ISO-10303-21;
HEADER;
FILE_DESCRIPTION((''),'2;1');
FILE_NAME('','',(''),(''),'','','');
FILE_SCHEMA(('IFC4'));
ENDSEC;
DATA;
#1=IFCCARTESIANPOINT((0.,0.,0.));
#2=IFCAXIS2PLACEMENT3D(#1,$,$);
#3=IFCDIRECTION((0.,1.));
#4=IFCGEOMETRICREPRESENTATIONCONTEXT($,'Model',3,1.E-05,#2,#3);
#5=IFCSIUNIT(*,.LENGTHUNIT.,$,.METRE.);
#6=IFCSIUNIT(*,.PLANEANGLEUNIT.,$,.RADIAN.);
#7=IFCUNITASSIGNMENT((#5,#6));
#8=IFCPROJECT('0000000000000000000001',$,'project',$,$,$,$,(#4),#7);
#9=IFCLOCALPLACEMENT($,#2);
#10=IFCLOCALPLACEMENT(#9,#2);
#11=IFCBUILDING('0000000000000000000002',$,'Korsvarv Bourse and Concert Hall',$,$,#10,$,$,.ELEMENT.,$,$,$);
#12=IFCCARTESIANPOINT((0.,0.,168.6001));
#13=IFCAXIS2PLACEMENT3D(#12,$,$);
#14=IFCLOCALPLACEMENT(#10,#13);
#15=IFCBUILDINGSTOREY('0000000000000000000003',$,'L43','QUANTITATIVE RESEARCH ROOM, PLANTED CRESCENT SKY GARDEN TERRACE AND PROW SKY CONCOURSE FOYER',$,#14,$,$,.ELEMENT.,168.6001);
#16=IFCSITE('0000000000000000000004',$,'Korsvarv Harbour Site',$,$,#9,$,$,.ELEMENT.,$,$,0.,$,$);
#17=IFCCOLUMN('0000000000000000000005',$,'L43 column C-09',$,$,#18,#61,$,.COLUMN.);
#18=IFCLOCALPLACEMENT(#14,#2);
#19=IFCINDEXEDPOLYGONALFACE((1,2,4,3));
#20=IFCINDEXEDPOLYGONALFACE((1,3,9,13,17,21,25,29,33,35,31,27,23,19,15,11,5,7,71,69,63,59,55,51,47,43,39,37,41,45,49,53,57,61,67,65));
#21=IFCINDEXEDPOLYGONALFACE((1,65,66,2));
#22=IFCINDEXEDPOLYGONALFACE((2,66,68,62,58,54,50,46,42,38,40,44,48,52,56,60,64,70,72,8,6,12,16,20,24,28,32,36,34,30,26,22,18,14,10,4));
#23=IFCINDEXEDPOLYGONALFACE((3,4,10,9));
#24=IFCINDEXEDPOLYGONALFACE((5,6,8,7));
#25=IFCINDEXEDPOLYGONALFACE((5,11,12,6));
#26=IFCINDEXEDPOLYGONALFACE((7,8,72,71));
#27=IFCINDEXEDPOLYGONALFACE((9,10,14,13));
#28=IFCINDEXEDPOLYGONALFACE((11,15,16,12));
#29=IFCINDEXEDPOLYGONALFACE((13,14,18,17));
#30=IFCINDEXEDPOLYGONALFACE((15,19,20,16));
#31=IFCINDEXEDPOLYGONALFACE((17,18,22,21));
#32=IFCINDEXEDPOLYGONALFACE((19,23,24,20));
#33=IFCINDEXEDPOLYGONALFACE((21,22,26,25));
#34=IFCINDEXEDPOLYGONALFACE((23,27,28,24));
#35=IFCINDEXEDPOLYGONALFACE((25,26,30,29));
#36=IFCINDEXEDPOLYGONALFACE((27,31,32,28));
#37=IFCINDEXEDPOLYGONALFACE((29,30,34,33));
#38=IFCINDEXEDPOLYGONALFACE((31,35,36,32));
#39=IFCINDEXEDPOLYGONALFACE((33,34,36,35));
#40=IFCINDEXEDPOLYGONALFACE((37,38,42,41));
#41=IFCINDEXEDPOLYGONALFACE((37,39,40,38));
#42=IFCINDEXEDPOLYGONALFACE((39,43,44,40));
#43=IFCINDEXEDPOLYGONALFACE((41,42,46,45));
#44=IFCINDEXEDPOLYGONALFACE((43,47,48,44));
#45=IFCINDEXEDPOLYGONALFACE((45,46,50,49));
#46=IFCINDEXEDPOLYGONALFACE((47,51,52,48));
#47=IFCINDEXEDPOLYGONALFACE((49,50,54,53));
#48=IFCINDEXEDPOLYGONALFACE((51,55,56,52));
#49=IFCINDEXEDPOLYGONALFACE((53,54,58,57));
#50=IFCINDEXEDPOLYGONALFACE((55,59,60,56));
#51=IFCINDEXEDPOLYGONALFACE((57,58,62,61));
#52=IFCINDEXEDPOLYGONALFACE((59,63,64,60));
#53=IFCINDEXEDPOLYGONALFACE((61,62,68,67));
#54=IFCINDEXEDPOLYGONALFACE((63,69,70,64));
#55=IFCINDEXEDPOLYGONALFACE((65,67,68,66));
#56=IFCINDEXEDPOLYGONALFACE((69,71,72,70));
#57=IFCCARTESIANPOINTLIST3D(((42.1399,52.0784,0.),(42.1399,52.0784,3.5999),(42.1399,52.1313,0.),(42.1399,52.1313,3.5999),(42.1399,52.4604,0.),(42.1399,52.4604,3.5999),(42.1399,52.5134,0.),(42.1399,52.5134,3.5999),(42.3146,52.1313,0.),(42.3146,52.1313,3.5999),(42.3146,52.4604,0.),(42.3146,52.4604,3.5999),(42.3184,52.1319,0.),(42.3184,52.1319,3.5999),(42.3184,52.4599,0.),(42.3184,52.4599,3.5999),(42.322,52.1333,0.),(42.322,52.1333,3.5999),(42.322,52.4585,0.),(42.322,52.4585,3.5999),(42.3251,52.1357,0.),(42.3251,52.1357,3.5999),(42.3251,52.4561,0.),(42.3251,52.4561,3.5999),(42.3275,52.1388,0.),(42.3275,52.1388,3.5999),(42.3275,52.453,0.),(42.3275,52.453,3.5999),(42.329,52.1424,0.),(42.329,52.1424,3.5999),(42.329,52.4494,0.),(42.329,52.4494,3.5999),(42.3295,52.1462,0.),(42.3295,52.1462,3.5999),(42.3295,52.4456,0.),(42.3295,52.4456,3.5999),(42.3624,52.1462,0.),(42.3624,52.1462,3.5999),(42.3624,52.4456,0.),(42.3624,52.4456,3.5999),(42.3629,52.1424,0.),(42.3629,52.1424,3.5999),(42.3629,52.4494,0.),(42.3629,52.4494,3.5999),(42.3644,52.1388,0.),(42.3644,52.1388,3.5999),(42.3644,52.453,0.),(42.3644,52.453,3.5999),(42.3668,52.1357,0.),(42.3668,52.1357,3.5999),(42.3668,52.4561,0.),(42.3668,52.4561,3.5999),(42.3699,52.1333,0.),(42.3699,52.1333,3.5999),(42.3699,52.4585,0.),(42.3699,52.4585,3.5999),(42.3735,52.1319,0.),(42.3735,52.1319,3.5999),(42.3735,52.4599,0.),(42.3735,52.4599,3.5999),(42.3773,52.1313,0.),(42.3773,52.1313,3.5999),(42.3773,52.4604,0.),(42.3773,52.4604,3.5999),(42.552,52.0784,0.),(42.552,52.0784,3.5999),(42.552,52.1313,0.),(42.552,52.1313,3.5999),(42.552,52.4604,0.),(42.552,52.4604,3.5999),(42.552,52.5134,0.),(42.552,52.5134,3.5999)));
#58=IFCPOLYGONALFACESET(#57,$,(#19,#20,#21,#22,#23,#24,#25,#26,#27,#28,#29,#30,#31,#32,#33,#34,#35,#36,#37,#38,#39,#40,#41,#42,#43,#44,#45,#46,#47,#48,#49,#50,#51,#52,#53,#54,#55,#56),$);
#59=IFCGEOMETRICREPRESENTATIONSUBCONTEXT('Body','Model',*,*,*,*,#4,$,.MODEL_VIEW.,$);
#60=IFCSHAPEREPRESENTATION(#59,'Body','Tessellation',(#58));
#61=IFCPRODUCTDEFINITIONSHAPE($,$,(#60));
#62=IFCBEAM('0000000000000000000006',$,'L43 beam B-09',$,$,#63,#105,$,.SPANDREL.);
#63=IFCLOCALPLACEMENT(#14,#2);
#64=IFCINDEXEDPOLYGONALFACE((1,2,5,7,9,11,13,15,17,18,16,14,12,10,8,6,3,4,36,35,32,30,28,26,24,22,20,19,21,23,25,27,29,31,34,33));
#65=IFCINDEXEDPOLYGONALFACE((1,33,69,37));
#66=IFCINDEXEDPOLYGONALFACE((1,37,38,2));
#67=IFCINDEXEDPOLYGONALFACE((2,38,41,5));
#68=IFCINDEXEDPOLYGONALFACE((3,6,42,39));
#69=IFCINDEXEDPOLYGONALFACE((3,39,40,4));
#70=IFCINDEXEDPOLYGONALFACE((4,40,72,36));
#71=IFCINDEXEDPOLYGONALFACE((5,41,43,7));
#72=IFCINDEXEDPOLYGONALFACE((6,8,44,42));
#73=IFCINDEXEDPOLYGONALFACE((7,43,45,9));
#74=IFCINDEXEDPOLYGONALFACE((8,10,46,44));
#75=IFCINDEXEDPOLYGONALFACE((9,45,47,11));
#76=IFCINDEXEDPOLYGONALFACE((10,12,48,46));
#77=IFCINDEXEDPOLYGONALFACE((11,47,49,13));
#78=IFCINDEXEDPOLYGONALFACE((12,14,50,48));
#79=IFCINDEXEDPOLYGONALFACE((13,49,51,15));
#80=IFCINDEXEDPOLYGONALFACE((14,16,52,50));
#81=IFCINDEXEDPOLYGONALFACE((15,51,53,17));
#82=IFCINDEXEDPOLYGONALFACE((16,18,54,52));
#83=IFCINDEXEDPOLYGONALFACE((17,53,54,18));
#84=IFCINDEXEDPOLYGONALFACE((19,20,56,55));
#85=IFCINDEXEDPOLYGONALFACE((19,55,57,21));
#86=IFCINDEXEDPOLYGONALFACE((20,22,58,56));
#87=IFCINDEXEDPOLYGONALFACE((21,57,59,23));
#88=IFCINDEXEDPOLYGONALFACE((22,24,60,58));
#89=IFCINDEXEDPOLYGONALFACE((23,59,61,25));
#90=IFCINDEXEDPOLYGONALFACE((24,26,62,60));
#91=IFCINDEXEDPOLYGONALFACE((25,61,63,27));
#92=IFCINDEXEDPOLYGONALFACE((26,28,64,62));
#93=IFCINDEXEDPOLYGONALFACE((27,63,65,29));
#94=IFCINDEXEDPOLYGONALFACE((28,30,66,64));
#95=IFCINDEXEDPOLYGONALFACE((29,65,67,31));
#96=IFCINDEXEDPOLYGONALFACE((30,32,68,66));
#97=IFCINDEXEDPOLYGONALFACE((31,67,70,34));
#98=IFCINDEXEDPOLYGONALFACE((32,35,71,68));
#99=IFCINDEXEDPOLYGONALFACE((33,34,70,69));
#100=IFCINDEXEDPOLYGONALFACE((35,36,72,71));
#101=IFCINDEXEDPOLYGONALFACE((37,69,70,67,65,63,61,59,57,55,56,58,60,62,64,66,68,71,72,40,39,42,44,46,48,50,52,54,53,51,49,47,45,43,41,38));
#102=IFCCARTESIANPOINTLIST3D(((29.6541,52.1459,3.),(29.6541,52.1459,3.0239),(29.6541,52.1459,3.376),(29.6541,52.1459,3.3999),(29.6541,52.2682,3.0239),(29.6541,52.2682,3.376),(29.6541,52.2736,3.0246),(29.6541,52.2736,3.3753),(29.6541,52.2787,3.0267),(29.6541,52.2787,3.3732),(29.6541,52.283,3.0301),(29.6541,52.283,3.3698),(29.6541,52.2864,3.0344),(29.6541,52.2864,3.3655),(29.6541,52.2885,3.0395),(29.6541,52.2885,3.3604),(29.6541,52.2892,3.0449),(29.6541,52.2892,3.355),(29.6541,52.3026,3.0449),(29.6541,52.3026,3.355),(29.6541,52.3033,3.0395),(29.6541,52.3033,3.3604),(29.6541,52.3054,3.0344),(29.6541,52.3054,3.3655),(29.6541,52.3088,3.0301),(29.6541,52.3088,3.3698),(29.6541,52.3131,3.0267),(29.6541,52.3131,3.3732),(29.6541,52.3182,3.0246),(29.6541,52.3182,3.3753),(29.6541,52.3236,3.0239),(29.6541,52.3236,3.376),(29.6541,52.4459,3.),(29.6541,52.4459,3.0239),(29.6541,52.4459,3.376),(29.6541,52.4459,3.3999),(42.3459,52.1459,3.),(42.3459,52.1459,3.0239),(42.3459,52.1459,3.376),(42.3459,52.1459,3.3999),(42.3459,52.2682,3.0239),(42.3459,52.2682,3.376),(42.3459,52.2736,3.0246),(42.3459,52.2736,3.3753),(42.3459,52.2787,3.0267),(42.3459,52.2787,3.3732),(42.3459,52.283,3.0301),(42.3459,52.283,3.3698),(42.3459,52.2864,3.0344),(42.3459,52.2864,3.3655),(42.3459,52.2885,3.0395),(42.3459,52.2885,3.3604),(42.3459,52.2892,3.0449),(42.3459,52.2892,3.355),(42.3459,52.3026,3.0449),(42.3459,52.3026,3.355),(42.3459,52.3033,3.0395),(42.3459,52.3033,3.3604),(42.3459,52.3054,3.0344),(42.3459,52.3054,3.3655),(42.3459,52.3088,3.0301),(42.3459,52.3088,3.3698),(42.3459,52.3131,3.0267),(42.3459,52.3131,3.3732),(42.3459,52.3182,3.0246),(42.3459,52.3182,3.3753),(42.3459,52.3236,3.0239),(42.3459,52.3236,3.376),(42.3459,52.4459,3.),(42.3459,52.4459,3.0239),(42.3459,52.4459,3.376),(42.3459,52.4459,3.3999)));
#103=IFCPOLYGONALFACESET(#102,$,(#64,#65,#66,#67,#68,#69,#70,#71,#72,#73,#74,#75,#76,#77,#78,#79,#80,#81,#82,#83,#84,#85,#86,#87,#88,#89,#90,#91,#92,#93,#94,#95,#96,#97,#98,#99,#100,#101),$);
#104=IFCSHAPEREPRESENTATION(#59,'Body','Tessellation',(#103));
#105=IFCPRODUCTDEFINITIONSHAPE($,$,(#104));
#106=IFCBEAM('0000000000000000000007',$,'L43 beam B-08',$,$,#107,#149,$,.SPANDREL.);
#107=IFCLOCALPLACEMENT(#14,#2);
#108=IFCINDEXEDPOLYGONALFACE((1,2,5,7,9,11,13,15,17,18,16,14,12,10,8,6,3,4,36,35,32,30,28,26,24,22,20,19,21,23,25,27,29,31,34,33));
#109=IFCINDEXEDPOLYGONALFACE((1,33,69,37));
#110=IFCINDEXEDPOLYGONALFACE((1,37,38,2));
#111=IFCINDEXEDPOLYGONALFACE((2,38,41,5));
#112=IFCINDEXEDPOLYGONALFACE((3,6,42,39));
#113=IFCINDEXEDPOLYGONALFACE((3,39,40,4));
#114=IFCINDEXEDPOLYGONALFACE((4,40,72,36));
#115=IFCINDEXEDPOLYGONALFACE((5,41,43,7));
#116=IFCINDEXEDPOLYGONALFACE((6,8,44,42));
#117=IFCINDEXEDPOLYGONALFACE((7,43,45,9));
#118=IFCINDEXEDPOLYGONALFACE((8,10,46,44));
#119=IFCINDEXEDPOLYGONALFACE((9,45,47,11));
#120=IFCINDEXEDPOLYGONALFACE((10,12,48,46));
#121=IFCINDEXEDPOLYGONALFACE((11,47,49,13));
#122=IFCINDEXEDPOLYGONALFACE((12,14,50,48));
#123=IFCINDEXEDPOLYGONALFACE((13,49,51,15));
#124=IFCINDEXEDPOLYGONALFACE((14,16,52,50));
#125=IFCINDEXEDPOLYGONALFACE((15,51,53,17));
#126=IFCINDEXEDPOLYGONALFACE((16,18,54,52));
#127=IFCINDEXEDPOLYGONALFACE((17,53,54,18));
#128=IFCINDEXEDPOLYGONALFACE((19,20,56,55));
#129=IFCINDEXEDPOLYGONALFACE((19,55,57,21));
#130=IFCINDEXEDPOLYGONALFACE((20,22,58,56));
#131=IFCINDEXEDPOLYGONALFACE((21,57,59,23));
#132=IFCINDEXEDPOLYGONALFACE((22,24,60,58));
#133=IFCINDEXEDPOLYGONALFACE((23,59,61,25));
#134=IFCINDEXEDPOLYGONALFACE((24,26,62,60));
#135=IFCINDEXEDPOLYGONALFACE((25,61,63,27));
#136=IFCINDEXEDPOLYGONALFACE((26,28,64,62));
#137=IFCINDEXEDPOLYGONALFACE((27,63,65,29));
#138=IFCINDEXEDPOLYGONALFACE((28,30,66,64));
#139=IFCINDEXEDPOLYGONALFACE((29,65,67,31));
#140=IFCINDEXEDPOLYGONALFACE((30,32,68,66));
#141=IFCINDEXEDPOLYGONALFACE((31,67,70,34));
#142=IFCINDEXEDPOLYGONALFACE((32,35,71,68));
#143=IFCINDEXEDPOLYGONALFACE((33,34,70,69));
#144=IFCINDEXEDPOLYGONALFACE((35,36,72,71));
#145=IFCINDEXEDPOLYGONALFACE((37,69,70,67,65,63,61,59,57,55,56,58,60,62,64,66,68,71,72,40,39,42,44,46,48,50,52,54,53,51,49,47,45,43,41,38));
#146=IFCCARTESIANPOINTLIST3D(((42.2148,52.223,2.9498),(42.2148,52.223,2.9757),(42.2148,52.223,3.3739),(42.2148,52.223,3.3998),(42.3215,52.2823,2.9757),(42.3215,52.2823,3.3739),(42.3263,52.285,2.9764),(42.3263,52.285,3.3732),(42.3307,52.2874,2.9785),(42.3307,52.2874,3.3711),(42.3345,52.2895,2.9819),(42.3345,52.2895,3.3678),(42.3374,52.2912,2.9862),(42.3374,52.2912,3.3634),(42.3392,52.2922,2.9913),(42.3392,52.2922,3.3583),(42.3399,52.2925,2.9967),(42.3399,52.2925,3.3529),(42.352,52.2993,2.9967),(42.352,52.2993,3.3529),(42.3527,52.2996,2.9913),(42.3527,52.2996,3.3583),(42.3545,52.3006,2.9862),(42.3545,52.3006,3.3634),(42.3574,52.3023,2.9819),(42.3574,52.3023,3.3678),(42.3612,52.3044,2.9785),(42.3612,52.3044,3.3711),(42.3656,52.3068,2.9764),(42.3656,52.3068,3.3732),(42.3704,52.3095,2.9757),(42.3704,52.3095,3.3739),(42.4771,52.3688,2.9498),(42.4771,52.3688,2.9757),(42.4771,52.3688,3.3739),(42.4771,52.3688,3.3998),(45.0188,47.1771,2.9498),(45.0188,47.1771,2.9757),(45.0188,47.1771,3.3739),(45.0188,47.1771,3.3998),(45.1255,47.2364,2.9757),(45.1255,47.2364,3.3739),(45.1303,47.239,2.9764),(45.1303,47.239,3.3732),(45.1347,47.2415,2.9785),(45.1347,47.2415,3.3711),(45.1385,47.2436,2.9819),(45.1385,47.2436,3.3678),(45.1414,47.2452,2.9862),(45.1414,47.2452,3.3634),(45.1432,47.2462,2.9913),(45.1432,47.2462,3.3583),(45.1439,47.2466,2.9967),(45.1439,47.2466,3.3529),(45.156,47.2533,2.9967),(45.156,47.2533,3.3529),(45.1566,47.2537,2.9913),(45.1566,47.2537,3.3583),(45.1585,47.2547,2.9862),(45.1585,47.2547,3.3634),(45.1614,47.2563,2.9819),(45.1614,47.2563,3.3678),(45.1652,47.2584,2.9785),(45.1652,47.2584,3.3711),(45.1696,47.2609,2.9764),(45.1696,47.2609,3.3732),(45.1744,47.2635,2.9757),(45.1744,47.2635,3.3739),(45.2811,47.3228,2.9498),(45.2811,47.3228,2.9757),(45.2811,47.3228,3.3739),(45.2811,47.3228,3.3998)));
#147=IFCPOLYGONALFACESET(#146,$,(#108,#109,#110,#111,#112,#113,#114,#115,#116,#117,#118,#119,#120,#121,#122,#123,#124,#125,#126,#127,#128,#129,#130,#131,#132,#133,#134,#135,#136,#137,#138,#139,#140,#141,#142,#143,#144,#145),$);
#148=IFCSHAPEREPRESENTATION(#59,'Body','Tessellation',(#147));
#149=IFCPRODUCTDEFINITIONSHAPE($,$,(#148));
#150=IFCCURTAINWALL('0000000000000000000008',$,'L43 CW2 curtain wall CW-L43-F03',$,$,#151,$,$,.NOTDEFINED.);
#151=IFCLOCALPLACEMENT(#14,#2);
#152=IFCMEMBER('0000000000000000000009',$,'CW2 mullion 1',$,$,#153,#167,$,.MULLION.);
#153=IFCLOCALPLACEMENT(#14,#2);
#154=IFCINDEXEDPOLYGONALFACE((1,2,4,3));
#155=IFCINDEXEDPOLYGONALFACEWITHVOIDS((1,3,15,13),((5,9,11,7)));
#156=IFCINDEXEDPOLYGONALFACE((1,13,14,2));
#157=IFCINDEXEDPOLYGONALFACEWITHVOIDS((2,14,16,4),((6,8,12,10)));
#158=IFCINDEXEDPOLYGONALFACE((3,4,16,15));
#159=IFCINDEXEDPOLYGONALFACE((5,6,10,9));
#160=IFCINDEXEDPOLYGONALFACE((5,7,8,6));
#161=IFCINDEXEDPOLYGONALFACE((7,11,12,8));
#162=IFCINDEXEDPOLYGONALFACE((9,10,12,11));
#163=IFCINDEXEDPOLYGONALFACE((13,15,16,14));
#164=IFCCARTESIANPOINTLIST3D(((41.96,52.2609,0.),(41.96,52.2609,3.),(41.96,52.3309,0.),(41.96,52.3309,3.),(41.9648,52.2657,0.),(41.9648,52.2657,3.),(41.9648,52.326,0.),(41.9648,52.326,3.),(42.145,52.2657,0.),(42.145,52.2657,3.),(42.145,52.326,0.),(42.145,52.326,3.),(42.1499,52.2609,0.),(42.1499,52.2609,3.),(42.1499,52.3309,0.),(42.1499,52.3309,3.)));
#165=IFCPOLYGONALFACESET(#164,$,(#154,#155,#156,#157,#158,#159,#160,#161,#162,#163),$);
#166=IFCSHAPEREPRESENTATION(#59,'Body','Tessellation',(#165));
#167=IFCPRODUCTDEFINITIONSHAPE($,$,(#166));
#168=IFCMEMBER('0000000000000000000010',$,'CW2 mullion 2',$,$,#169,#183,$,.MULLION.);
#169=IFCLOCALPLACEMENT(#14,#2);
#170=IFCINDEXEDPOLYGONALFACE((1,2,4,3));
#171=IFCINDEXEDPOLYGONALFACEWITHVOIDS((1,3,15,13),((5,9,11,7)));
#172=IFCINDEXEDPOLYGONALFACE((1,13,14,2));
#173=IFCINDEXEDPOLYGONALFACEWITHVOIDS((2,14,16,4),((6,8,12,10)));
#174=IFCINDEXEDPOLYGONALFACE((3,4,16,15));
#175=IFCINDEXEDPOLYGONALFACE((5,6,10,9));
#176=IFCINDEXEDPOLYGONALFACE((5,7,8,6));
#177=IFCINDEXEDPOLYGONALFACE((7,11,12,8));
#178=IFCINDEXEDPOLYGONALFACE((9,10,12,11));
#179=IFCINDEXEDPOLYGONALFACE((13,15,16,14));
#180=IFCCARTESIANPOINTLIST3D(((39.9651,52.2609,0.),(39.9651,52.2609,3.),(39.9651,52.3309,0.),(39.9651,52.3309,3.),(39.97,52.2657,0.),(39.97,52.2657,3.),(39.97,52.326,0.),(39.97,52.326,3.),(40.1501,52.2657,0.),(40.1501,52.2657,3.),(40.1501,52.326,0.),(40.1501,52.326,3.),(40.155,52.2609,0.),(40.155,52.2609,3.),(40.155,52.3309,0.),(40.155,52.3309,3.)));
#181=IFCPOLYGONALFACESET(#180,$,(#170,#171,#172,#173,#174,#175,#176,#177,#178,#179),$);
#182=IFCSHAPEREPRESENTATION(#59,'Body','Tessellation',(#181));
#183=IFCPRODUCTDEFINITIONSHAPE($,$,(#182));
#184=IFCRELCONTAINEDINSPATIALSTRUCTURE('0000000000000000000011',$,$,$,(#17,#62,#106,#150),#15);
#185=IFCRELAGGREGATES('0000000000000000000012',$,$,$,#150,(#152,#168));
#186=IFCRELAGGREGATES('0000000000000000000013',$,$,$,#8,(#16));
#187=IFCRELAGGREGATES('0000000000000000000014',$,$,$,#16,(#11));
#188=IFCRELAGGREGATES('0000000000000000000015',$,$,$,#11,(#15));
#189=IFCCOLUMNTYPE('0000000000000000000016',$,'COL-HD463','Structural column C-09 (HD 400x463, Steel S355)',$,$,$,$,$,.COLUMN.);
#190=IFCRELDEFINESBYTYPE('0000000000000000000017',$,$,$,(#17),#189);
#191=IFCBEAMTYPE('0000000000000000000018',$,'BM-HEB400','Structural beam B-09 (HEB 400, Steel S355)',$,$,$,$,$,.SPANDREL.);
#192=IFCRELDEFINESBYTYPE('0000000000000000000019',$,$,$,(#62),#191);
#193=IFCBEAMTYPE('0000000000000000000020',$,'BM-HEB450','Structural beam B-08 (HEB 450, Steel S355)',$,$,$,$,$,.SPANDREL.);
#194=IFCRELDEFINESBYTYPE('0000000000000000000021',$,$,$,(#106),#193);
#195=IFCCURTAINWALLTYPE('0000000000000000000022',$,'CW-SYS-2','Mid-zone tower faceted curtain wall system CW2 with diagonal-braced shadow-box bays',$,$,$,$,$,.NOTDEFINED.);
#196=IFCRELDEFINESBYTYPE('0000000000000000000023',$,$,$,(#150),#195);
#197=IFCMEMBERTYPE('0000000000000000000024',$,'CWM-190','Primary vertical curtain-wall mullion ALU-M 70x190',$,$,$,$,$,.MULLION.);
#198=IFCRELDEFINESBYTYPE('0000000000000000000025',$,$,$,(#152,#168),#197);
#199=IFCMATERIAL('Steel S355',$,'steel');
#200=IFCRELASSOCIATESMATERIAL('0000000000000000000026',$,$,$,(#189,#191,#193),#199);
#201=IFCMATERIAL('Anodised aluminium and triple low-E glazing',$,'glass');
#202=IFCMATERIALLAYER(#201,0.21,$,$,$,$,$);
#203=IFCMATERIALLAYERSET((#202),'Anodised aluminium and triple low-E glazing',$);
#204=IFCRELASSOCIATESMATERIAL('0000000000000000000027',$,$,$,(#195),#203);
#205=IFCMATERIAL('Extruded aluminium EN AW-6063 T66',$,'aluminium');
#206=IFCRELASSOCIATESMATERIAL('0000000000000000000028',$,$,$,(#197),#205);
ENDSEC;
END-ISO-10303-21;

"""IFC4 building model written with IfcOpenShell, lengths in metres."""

from ifc_helpers import new_model, si_unit, direction, frame, origin, origin_2d, place, context, subcontext, project, spatial, hollow_rectangle, i_section, extrude, source, transform, mapped, material, layer, layer_set, material_profile, profile_set, type_object, element, aggregate, save


model = new_model("IFC4")

# Units and contexts
model_context = context("Model", 3, precision=1e-05, world=origin(), true_north=direction((0.0, 1.0)))
body_context = subcontext(model_context, "Body", "Model", "MODEL_VIEW")
ifc_project = project(units=[si_unit("LENGTHUNIT", "METRE"), si_unit("PLANEANGLEUNIT", "RADIAN")], contexts=[model_context])

# Site, building, storey
site_placement = place(None, origin())
site = spatial("IfcSite", under=ifc_project, at=site_placement, Name="Korsvarv Harbour Site", CompositionType="ELEMENT", RefElevation=0.0)
building_placement = place(site_placement, origin())
building = spatial("IfcBuilding", under=site, at=building_placement, Name="Korsvarv Bourse and Concert Hall", CompositionType="ELEMENT")
storey_placement = place(building_placement, frame((0.0, 0.0, 168.6001)))
storey = spatial("IfcBuildingStorey", under=building, at=storey_placement, Name="L43", Description="QUANTITATIVE RESEARCH ROOM, PLANTED CRESCENT SKY GARDEN TERRACE AND PROW SKY CONCOURSE FOYER", CompositionType="ELEMENT", Elevation=168.6001)

# Column
ifc_material_1 = material(Name="Steel S355", Category="steel")
ifc_material_profile_1 = material_profile(ifc_material_1, i_section(OverallWidth=0.4121, OverallDepth=0.4351, WebThickness=0.033, FlangeThickness=0.053, FilletRadius=0.0149, at=origin_2d()), Name="HD 400x463")
ifc_profile_set_1 = profile_set([ifc_material_profile_1], Name="Steel S355")
column_type = type_object("IfcColumnType", Name="COL-HD463", Description="Structural column C-09 (HD 400x463, Steel S355)", PredefinedType="COLUMN", material=ifc_profile_set_1)
shared_shape_1 = source(origin(), body_context, "Body", "SweptSolid", [
    extrude(i_section(OverallWidth=0.4121, OverallDepth=0.4351, WebThickness=0.033, FlangeThickness=0.053, FilletRadius=0.0149, at=origin_2d()), origin(), (0.0, 0.0, 1.0), 3.5999),
])
column_placement = place(storey_placement, frame((42.3459, 52.2959, 0.0), z_axis=(0.0, 0.0, 1.0), x_axis=(1.0, 0.0, 0.0)))
element("IfcColumn", 1, at=column_placement, inside=storey, type_object=column_type, Name="L43 column C-09", PredefinedType="COLUMN", context=body_context, shape_type="MappedRepresentation", body=[
    mapped(shared_shape_1, transform((0.0, 0.0, 0.0), scale=1.0)),
])

# Beams
ifc_material_profile_2 = material_profile(ifc_material_1, i_section(OverallWidth=0.3, OverallDepth=0.3999, WebThickness=0.0134, FlangeThickness=0.0239, FilletRadius=0.021, at=origin_2d()), Name="HEB 400")
ifc_profile_set_2 = profile_set([ifc_material_profile_2], Name="Steel S355")
beam_type_1 = type_object("IfcBeamType", Name="BM-HEB400", Description="Structural beam B-09 (HEB 400, Steel S355)", PredefinedType="SPANDREL", material=ifc_profile_set_2)
shared_shape_2 = source(origin(), body_context, "Body", "SweptSolid", [
    extrude(i_section(OverallWidth=0.3, OverallDepth=0.3999, WebThickness=0.0134, FlangeThickness=0.0239, FilletRadius=0.021, at=origin_2d()), origin(), (0.0, 0.0, 1.0), 12.6919),
])
beam_1_placement = place(storey_placement, frame((42.3459, 52.2959, 3.2), z_axis=(-1.0, 0.0, 0.0), x_axis=(0.0, -1.0, 0.0)))
element("IfcBeam", 2, at=beam_1_placement, inside=storey, type_object=beam_type_1, Name="L43 beam B-09", PredefinedType="SPANDREL", context=body_context, shape_type="MappedRepresentation", body=[
    mapped(shared_shape_2, transform((0.0, 0.0, 0.0), scale=1.0)),
])
ifc_material_profile_3 = material_profile(ifc_material_1, i_section(OverallWidth=0.3, OverallDepth=0.45, WebThickness=0.0139, FlangeThickness=0.0259, FilletRadius=0.021, at=origin_2d()), Name="HEB 450")
ifc_profile_set_3 = profile_set([ifc_material_profile_3], Name="Steel S355")
beam_type_2 = type_object("IfcBeamType", Name="BM-HEB450", Description="Structural beam B-08 (HEB 450, Steel S355)", PredefinedType="SPANDREL", material=ifc_profile_set_3)
shared_shape_3 = source(origin(), body_context, "Body", "SweptSolid", [
    extrude(i_section(OverallWidth=0.3, OverallDepth=0.45, WebThickness=0.0139, FlangeThickness=0.0259, FilletRadius=0.021, at=origin_2d()), origin(), (0.0, 0.0, 1.0), 5.7727),
])
beam_2_placement = place(storey_placement, frame((42.3459, 52.2959, 3.1748), z_axis=(0.485733, -0.874107, 0.0), x_axis=(0.874107, 0.485733, 0.0)))
element("IfcBeam", 3, at=beam_2_placement, inside=storey, type_object=beam_type_2, Name="L43 beam B-08", PredefinedType="SPANDREL", context=body_context, shape_type="MappedRepresentation", body=[
    mapped(shared_shape_3, transform((0.0, 0.0, 0.0), scale=1.0)),
])

# Curtain wall, members
ifc_material_2 = material(Name="Anodised aluminium and triple low-E glazing", Category="glass")
ifc_layer_1 = layer(ifc_material_2, 0.21)
ifc_layer_set_1 = layer_set([ifc_layer_1], Name="Anodised aluminium and triple low-E glazing")
curtain_wall_type = type_object("IfcCurtainWallType", Name="CW-SYS-2", Description="Mid-zone tower faceted curtain wall system CW2 with diagonal-braced shadow-box bays", PredefinedType="NOTDEFINED", material=ifc_layer_set_1)
curtain_wall_placement = place(storey_placement, origin())
curtain_wall = element("IfcCurtainWall", 4, at=curtain_wall_placement, inside=storey, type_object=curtain_wall_type, Name="L43 CW2 curtain wall CW-L43-F03", PredefinedType="NOTDEFINED")
ifc_material_3 = material(Name="Extruded aluminium EN AW-6063 T66", Category="aluminium")
ifc_material_profile_4 = material_profile(ifc_material_3, hollow_rectangle(XDim=0.0701, YDim=0.1899, WallThickness=0.0049, at=origin_2d()), Name="ALU-M 70x190")
ifc_profile_set_4 = profile_set([ifc_material_profile_4], Name="Extruded aluminium EN AW-6063 T66")
member_type_1 = type_object("IfcMemberType", Name="CWM-190", Description="Primary vertical curtain-wall mullion ALU-M 70x190", PredefinedType="MULLION", material=ifc_profile_set_4)
shared_shape_4 = source(origin(), body_context, "Body", "SweptSolid", [
    extrude(hollow_rectangle(XDim=0.0701, YDim=0.1899, WallThickness=0.0049, at=origin_2d()), origin(), (0.0, 0.0, 1.0), 3.0),
])
member_1_placement = place(storey_placement, frame((42.0549, 52.2959, 0.0), z_axis=(0.0, 0.0, 1.0), x_axis=(0.0, -1.0, 0.0)))
member_1 = element("IfcMember", 5, at=member_1_placement, type_object=member_type_1, Name="CW2 mullion 1", PredefinedType="MULLION", context=body_context, shape_type="MappedRepresentation", body=[
    mapped(shared_shape_4, transform((0.0, 0.0, 0.0), scale=1.0)),
])
member_2_placement = place(storey_placement, frame((40.0601, 52.2959, 0.0), z_axis=(0.0, 0.0, 1.0), x_axis=(0.0, -1.0, 0.0)))
member_2 = element("IfcMember", 6, at=member_2_placement, type_object=member_type_1, Name="CW2 mullion 2", PredefinedType="MULLION", context=body_context, shape_type="MappedRepresentation", body=[
    mapped(shared_shape_4, transform((0.0, 0.0, 0.0), scale=1.0)),
])
aggregate(curtain_wall, [member_1, member_2])

save(model, "model.ifc")
